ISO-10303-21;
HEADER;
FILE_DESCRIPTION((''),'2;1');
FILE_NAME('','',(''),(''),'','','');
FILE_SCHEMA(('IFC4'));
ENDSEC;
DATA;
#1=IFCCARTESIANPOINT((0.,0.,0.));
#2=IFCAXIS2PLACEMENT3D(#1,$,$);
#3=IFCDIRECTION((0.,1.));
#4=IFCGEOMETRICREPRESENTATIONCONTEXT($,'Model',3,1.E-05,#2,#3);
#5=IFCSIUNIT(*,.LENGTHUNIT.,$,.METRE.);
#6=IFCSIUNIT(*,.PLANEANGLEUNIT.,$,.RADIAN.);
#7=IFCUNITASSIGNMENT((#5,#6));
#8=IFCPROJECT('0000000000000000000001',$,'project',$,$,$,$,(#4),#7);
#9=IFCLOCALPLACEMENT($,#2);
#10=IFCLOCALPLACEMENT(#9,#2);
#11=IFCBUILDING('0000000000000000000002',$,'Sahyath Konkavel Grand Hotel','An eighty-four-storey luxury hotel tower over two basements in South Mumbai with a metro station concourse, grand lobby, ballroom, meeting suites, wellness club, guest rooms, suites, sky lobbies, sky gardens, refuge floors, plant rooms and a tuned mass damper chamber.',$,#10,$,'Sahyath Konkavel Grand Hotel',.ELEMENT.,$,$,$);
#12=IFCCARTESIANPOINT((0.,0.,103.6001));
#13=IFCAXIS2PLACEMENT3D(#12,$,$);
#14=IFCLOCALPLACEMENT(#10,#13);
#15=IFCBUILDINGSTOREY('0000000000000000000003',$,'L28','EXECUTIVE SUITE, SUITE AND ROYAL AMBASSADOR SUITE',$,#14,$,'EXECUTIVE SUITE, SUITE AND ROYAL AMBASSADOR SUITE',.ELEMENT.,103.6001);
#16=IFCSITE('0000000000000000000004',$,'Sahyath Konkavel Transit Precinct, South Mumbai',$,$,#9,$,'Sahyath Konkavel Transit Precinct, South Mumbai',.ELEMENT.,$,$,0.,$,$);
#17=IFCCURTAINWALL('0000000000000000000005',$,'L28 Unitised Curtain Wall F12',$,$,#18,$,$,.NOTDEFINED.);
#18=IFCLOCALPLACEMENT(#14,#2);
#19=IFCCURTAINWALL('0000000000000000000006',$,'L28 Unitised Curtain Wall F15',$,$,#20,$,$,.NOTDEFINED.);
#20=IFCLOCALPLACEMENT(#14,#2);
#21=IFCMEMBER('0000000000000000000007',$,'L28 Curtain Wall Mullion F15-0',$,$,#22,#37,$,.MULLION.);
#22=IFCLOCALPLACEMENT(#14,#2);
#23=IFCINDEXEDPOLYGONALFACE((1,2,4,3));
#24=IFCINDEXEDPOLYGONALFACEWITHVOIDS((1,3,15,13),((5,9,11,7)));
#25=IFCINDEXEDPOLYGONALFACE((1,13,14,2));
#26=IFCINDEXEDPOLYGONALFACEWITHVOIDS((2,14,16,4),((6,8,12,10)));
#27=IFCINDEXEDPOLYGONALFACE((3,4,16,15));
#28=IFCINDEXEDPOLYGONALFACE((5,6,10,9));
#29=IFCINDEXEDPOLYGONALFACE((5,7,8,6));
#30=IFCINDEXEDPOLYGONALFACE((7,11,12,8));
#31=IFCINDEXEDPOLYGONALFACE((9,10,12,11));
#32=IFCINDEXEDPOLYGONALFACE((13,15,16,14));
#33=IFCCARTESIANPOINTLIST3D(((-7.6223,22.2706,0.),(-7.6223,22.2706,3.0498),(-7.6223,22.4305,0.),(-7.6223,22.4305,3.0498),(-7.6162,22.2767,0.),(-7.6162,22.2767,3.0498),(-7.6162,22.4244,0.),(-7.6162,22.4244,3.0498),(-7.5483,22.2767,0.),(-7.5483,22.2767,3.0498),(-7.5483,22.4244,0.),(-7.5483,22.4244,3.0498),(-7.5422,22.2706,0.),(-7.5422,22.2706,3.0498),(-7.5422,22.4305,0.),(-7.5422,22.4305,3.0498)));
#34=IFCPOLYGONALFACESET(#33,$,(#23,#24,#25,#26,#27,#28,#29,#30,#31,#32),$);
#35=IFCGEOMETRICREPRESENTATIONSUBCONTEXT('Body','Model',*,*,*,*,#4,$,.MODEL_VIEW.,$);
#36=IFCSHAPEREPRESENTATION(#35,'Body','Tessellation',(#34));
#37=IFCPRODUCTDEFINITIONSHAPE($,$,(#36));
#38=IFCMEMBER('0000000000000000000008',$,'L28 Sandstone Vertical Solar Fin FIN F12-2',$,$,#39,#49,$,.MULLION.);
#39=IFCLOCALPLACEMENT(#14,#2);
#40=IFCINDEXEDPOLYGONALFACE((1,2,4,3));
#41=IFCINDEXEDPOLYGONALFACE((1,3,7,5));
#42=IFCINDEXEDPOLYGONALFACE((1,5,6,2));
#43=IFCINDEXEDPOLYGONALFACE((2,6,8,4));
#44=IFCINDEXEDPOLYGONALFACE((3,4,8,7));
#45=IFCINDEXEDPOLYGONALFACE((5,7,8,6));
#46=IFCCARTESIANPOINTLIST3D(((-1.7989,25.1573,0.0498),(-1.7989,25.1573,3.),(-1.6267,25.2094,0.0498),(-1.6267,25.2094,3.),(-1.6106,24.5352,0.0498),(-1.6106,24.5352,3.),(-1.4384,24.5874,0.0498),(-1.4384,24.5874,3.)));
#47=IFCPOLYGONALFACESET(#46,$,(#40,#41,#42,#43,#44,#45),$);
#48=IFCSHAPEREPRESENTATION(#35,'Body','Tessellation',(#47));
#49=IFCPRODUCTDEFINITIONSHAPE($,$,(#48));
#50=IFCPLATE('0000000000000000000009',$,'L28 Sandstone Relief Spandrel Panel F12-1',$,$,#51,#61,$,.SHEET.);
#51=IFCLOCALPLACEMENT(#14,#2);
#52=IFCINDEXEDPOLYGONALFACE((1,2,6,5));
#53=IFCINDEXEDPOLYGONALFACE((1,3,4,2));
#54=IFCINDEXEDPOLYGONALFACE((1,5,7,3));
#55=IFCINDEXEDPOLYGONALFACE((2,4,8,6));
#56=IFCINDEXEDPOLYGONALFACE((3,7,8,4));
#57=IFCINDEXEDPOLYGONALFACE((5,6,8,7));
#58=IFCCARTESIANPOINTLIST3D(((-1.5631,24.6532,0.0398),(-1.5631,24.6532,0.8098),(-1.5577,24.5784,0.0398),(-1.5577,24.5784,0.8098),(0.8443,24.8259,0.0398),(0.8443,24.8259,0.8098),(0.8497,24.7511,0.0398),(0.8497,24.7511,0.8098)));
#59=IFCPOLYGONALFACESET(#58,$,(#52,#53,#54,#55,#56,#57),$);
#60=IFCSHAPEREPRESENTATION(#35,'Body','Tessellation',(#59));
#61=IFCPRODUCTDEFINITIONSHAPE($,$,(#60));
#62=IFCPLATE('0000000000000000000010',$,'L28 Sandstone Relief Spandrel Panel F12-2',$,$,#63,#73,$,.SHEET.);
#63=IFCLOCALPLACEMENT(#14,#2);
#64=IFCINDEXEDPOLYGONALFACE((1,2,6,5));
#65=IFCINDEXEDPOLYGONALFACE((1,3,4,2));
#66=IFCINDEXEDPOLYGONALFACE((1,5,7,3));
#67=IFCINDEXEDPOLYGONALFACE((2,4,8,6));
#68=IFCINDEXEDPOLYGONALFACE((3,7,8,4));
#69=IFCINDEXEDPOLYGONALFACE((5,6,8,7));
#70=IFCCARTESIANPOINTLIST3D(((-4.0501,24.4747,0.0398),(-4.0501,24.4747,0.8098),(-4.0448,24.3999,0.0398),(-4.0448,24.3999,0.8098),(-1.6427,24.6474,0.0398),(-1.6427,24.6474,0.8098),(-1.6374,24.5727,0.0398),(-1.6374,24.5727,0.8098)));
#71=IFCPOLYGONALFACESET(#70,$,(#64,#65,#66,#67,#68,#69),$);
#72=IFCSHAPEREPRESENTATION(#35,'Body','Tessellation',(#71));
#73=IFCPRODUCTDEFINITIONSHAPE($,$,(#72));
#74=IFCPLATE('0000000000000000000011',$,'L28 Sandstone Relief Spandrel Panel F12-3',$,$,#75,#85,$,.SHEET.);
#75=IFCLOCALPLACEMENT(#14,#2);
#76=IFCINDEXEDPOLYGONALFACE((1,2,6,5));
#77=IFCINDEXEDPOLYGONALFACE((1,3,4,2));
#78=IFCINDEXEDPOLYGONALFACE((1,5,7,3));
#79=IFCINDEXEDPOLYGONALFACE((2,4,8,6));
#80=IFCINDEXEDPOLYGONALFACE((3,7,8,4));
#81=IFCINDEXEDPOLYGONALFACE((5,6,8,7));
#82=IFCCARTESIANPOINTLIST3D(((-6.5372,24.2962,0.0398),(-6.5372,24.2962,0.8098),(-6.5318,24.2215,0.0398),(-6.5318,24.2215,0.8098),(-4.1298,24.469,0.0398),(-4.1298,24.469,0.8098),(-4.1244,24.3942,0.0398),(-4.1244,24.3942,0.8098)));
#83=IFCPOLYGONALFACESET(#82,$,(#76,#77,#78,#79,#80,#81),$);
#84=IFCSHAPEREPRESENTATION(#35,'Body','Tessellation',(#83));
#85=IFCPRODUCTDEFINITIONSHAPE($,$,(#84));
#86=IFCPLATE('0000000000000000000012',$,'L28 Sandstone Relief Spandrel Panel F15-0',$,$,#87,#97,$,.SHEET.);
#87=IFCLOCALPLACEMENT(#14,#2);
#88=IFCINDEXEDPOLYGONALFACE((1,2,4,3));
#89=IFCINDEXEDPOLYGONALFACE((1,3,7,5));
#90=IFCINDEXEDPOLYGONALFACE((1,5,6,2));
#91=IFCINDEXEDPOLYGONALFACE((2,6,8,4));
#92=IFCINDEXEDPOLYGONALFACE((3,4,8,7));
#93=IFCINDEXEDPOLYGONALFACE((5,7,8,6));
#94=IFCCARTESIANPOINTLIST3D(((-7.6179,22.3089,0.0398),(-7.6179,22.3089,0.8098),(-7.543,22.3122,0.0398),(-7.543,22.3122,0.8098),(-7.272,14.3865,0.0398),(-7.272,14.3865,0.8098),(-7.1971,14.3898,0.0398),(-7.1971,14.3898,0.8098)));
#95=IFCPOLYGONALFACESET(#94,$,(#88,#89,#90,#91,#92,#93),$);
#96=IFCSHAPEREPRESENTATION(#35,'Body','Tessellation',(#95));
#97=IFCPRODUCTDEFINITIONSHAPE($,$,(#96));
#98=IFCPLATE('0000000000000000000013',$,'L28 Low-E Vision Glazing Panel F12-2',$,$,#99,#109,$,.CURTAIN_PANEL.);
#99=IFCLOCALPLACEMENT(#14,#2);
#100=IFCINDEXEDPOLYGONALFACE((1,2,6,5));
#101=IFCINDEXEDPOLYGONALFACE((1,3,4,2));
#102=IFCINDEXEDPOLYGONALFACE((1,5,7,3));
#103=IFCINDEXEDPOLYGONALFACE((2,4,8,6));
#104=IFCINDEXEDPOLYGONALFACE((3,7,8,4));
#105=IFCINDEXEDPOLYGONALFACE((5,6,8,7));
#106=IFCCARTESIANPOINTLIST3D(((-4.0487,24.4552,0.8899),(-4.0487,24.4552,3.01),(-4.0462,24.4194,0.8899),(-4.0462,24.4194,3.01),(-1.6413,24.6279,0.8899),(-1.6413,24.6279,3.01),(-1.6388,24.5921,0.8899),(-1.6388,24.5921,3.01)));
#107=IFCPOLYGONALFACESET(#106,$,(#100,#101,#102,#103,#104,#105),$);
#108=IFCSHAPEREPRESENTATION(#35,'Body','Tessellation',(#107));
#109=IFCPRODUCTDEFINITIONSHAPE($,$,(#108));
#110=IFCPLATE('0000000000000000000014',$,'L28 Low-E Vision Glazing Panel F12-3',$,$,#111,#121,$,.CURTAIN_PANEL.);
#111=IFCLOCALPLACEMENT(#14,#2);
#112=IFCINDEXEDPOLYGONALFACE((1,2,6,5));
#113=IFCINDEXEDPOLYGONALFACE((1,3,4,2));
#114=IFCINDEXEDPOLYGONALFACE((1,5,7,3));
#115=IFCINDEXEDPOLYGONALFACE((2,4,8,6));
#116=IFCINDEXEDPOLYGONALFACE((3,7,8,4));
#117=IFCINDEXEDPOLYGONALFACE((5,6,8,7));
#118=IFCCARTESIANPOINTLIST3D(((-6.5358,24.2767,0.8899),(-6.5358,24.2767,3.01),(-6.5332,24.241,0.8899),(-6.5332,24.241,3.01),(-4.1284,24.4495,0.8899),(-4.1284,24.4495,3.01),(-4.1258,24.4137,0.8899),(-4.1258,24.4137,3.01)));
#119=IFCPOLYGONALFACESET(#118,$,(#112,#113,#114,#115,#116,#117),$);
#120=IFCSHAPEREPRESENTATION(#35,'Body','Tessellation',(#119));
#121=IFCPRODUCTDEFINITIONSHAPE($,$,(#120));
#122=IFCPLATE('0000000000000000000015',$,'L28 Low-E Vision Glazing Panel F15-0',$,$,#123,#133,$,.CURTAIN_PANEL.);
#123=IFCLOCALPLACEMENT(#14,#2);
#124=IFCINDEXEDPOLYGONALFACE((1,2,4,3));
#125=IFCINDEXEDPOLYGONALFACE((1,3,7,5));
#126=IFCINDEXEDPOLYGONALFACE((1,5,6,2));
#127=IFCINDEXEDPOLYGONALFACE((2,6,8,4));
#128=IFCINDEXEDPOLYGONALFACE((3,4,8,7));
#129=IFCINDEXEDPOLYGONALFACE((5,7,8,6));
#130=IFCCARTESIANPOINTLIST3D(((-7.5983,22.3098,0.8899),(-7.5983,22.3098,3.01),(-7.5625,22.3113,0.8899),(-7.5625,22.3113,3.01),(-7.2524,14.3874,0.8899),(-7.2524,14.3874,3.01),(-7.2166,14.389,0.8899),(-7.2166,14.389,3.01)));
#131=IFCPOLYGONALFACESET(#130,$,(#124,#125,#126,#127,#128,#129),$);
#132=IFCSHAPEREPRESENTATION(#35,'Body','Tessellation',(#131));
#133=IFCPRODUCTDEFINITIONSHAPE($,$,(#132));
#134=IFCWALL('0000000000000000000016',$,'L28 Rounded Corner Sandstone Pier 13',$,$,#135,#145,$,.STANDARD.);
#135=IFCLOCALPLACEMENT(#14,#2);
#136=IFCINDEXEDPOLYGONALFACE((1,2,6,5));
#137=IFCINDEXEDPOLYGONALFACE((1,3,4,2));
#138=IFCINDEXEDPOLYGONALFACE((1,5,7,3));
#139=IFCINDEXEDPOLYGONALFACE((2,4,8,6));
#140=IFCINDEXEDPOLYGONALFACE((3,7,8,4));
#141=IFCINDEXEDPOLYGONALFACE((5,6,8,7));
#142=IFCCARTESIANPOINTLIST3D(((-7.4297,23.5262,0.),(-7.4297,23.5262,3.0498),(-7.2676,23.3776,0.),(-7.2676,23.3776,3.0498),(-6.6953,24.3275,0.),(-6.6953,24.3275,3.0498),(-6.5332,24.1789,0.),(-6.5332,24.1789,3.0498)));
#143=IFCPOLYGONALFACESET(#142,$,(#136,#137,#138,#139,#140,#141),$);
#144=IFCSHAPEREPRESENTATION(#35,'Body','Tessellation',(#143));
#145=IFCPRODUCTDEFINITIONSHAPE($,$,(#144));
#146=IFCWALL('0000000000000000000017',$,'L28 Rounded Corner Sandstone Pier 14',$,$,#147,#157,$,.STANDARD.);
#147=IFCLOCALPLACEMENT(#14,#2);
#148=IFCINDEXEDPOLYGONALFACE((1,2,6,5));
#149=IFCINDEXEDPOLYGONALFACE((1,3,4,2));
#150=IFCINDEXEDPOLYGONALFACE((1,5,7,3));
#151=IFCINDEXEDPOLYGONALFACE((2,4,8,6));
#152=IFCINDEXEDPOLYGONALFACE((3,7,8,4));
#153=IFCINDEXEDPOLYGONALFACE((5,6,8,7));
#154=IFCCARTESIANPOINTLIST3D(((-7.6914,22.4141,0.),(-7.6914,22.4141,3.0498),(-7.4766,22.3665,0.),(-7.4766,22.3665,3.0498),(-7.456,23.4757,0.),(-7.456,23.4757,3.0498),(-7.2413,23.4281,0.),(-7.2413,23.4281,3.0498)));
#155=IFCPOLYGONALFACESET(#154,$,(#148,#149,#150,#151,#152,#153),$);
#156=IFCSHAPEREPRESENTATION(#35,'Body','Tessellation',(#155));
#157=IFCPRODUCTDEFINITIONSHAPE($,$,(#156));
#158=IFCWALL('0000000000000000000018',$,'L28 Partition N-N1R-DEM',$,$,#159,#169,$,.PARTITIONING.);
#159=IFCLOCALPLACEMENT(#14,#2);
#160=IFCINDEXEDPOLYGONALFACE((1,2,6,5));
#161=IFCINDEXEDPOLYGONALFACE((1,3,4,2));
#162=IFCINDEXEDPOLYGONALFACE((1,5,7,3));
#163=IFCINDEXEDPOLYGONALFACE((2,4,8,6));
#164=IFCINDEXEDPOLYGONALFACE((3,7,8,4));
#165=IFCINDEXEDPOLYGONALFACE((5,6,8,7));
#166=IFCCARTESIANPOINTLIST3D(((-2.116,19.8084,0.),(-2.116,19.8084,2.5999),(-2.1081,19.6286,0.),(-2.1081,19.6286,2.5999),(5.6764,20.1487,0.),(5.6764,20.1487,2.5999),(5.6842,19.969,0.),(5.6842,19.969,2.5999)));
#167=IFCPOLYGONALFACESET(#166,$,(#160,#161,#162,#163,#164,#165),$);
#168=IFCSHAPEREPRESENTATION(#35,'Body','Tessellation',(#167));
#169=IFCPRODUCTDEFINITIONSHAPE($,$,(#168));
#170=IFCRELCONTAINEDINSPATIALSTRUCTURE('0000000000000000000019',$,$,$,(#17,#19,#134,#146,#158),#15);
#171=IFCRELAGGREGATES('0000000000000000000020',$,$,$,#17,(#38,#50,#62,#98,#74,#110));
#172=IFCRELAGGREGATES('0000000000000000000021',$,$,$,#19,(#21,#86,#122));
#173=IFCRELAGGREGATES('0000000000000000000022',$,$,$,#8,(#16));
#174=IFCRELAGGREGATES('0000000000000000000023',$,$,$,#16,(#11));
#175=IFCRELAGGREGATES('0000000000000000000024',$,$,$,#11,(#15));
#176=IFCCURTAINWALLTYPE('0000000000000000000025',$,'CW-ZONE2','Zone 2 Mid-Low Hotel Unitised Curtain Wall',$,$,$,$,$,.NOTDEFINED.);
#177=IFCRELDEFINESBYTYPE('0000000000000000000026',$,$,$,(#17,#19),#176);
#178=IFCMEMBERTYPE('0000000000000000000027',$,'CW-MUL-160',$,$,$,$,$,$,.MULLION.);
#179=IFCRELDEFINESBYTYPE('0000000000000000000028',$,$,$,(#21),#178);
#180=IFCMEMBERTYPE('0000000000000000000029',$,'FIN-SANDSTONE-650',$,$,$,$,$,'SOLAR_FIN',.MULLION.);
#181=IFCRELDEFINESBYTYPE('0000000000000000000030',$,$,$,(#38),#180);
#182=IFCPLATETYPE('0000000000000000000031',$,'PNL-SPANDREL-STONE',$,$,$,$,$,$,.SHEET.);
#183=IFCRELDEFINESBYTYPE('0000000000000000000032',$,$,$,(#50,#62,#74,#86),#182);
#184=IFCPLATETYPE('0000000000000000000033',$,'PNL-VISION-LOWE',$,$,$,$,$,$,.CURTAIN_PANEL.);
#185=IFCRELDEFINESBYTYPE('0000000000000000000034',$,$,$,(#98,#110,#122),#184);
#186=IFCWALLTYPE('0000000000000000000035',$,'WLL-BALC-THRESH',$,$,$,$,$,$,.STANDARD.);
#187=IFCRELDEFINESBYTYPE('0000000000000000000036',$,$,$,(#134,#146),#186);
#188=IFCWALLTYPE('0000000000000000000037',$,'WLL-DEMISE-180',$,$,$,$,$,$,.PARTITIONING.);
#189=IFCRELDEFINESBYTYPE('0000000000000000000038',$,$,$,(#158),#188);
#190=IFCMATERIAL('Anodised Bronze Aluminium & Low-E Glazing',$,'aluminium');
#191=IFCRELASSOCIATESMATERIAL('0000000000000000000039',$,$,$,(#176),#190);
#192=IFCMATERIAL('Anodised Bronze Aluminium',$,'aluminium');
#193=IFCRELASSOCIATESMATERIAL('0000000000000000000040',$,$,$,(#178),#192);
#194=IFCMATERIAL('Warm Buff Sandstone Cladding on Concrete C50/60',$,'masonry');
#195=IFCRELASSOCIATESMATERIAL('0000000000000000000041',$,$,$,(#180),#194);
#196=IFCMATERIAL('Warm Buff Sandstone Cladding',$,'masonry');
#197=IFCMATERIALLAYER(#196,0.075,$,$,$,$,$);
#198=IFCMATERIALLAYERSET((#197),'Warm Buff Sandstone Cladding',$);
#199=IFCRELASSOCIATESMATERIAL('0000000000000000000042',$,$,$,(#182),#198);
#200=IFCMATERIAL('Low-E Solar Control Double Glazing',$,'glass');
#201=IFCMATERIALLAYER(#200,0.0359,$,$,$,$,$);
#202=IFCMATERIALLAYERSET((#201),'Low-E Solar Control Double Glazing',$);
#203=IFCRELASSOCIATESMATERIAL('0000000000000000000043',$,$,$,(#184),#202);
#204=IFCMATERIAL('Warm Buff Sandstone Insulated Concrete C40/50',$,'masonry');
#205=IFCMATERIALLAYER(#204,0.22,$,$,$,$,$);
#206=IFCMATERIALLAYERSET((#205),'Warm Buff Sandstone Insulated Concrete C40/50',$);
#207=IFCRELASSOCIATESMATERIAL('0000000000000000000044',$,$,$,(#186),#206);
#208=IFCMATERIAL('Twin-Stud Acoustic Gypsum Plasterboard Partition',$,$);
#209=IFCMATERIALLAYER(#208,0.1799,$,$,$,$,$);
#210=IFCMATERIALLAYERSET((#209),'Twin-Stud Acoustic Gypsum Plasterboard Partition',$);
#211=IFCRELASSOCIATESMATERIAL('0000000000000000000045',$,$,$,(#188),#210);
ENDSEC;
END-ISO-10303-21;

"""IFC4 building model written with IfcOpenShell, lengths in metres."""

from ifc_helpers import new_model, si_unit, direction, frame, frame_2d, origin, origin_2d, place, context, subcontext, project, spatial, rectangle, hollow_rectangle, extrude, source, transform, mapped, material, layer, layer_set, material_profile, profile_set, type_object, element, aggregate, save


model = new_model("IFC4")

# Units and contexts
model_context = context("Model", 3, precision=1e-05, world=origin(), true_north=direction((0.0, 1.0)))
body_context = subcontext(model_context, "Body", "Model", "MODEL_VIEW")
ifc_project = project(units=[si_unit("LENGTHUNIT", "METRE"), si_unit("PLANEANGLEUNIT", "RADIAN")], contexts=[model_context])

# Site, building, storey
site_placement = place(None, origin())
site = spatial("IfcSite", under=ifc_project, at=site_placement, Name="Sahyath Konkavel Transit Precinct, South Mumbai", LongName="Sahyath Konkavel Transit Precinct, South Mumbai", CompositionType="ELEMENT", RefElevation=0.0)
building_placement = place(site_placement, origin())
building = spatial("IfcBuilding", under=site, at=building_placement, Name="Sahyath Konkavel Grand Hotel", Description="An eighty-four-storey luxury hotel tower over two basements in South Mumbai with a metro station concourse, grand lobby, ballroom, meeting suites, wellness club, guest rooms, suites, sky lobbies, sky gardens, refuge floors, plant rooms and a tuned mass damper chamber.", LongName="Sahyath Konkavel Grand Hotel", CompositionType="ELEMENT")
storey_placement = place(building_placement, frame((0.0, 0.0, 103.6001)))
storey = spatial("IfcBuildingStorey", under=building, at=storey_placement, Name="L28", Description="EXECUTIVE SUITE, SUITE AND ROYAL AMBASSADOR SUITE", LongName="EXECUTIVE SUITE, SUITE AND ROYAL AMBASSADOR SUITE", CompositionType="ELEMENT", Elevation=103.6001)

# Curtain wall
ifc_material_1 = material(Name="Anodised Bronze Aluminium & Low-E Glazing", Category="aluminium")
curtain_wall_type = type_object("IfcCurtainWallType", Name="CW-ZONE2", Description="Zone 2 Mid-Low Hotel Unitised Curtain Wall", PredefinedType="NOTDEFINED", material=ifc_material_1)
curtain_wall_1_placement = place(storey_placement, origin())
curtain_wall_1 = element("IfcCurtainWall", 1, at=curtain_wall_1_placement, inside=storey, type_object=curtain_wall_type, Name="L28 Unitised Curtain Wall F12", PredefinedType="NOTDEFINED")
ifc_material_2 = material(Name="Anodised Bronze Aluminium", Category="aluminium")

# Curtain wall
curtain_wall_2_placement = place(storey_placement, origin())
curtain_wall_2 = element("IfcCurtainWall", 2, at=curtain_wall_2_placement, inside=storey, type_object=curtain_wall_type, Name="L28 Unitised Curtain Wall F15", PredefinedType="NOTDEFINED")

# Members
ifc_material_profile_1 = material_profile(ifc_material_2, hollow_rectangle(XDim=0.0801, YDim=0.1599, WallThickness=0.0061, at=origin_2d()), Name="RHS 160x80x6")
ifc_profile_set_1 = profile_set([ifc_material_profile_1], Name="Anodised Bronze Aluminium")
member_type_1 = type_object("IfcMemberType", Name="CW-MUL-160", PredefinedType="MULLION", material=ifc_profile_set_1)
shared_shape_1 = source(origin(), body_context, "Body", "SweptSolid", [
    extrude(hollow_rectangle(XDim=0.0801, YDim=0.1599, WallThickness=0.0061, at=origin_2d()), origin(), (0.0, 0.0, 1.0), 3.0498),
])
member_1_placement = place(storey_placement, frame((-7.5823, 22.3506, 0.0), z_axis=(0.0, 0.0, 1.0), x_axis=(1.0, 0.0, 0.0)))
member_1 = element("IfcMember", 3, at=member_1_placement, type_object=member_type_1, Name="L28 Curtain Wall Mullion F15-0", PredefinedType="MULLION", context=body_context, shape_type="MappedRepresentation", body=[
    mapped(shared_shape_1, transform((0.0, 0.0, 0.0), scale=1.0)),
])
ifc_material_3 = material(Name="Warm Buff Sandstone Cladding on Concrete C50/60", Category="masonry")
ifc_material_profile_2 = material_profile(ifc_material_3, rectangle(XDim=0.1799, YDim=0.6499, at=origin_2d()), Name="FIN 180x650")
ifc_profile_set_2 = profile_set([ifc_material_profile_2], Name="Warm Buff Sandstone Cladding on Concrete C50/60")
member_type_2 = type_object("IfcMemberType", Name="FIN-SANDSTONE-650", ElementType="SOLAR_FIN", PredefinedType="MULLION", material=ifc_profile_set_2)
shared_shape_2 = source(origin(), body_context, "Body", "SweptSolid", [
    extrude(rectangle(XDim=0.1799, YDim=0.6499, at=origin_2d()), origin(), (0.0, 0.0, 1.0), 2.9502),
])
member_2_placement = place(storey_placement, frame((-1.6187, 24.8723, 0.0498), z_axis=(0.0, 0.0, 1.0), x_axis=(0.957117, 0.2897, 0.0)))
member_2 = element("IfcMember", 4, at=member_2_placement, type_object=member_type_2, Name="L28 Sandstone Vertical Solar Fin FIN F12-2", PredefinedType="MULLION", context=body_context, shape_type="MappedRepresentation", body=[
    mapped(shared_shape_2, transform((0.0, 0.0, 0.0), scale=1.0)),
])

# Plates
ifc_material_4 = material(Name="Warm Buff Sandstone Cladding", Category="masonry")
ifc_layer_1 = layer(ifc_material_4, 0.075)
ifc_layer_set_1 = layer_set([ifc_layer_1], Name="Warm Buff Sandstone Cladding")
plate_type_1 = type_object("IfcPlateType", Name="PNL-SPANDREL-STONE", PredefinedType="SHEET", material=ifc_layer_set_1)
shared_shape_3 = source(origin(), body_context, "Body", "SweptSolid", [
    extrude(rectangle(XDim=2.4136, YDim=0.075, at=origin_2d()), origin(), (0.0, 0.0, 1.0), 0.77),
])
plate_1_placement = place(storey_placement, frame((-0.3567, 24.7021, 0.0398), z_axis=(0.0, 0.0, 1.0), x_axis=(-0.997436, -0.071567, 0.0)))
plate_1 = element("IfcPlate", 5, at=plate_1_placement, type_object=plate_type_1, Name="L28 Sandstone Relief Spandrel Panel F12-1", PredefinedType="SHEET", context=body_context, shape_type="MappedRepresentation", body=[
    mapped(shared_shape_3, transform((0.0, 0.0, 0.0), scale=1.0)),
])
plate_2_placement = place(storey_placement, frame((-2.8438, 24.5237, 0.0398), z_axis=(0.0, 0.0, 1.0), x_axis=(-0.997436, -0.071567, 0.0)))
plate_2 = element("IfcPlate", 6, at=plate_2_placement, type_object=plate_type_1, Name="L28 Sandstone Relief Spandrel Panel F12-2", PredefinedType="SHEET", context=body_context, shape_type="MappedRepresentation", body=[
    mapped(shared_shape_3, transform((0.0, 0.0, 0.0), scale=1.0)),
])
plate_3_placement = place(storey_placement, frame((-5.3308, 24.3452, 0.0398), z_axis=(0.0, 0.0, 1.0), x_axis=(-0.997436, -0.071567, 0.0)))
plate_3 = element("IfcPlate", 7, at=plate_3_placement, type_object=plate_type_1, Name="L28 Sandstone Relief Spandrel Panel F12-3", PredefinedType="SHEET", context=body_context, shape_type="MappedRepresentation", body=[
    mapped(shared_shape_3, transform((0.0, 0.0, 0.0), scale=1.0)),
])
shared_shape_4 = source(origin(), body_context, "Body", "SweptSolid", [
    extrude(rectangle(XDim=7.9299, YDim=0.075, at=origin_2d()), origin(), (0.0, 0.0, 1.0), 0.77),
])
plate_4_placement = place(storey_placement, frame((-7.4075, 18.3494, 0.0398), z_axis=(0.0, 0.0, 1.0), x_axis=(0.043619, -0.999048, 0.0)))
plate_4 = element("IfcPlate", 8, at=plate_4_placement, type_object=plate_type_1, Name="L28 Sandstone Relief Spandrel Panel F15-0", PredefinedType="SHEET", context=body_context, shape_type="MappedRepresentation", body=[
    mapped(shared_shape_4, transform((0.0, 0.0, 0.0), scale=1.0)),
])
ifc_material_5 = material(Name="Low-E Solar Control Double Glazing", Category="glass")
ifc_layer_2 = layer(ifc_material_5, 0.0359)
ifc_layer_set_2 = layer_set([ifc_layer_2], Name="Low-E Solar Control Double Glazing")
plate_type_2 = type_object("IfcPlateType", Name="PNL-VISION-LOWE", PredefinedType="CURTAIN_PANEL", material=ifc_layer_set_2)
shared_shape_5 = source(origin(), body_context, "Body", "SweptSolid", [
    extrude(rectangle(XDim=2.4136, YDim=0.0359, at=origin_2d()), origin(), (0.0, 0.0, 1.0), 2.1201),
])
plate_5_placement = place(storey_placement, frame((-2.8438, 24.5237, 0.8899), z_axis=(0.0, 0.0, 1.0), x_axis=(-0.997436, -0.071567, 0.0)))
plate_5 = element("IfcPlate", 9, at=plate_5_placement, type_object=plate_type_2, Name="L28 Low-E Vision Glazing Panel F12-2", PredefinedType="CURTAIN_PANEL", context=body_context, shape_type="MappedRepresentation", body=[
    mapped(shared_shape_5, transform((0.0, 0.0, 0.0), scale=1.0)),
])
plate_6_placement = place(storey_placement, frame((-5.3308, 24.3452, 0.8899), z_axis=(0.0, 0.0, 1.0), x_axis=(-0.997436, -0.071567, 0.0)))
plate_6 = element("IfcPlate", 10, at=plate_6_placement, type_object=plate_type_2, Name="L28 Low-E Vision Glazing Panel F12-3", PredefinedType="CURTAIN_PANEL", context=body_context, shape_type="MappedRepresentation", body=[
    mapped(shared_shape_5, transform((0.0, 0.0, 0.0), scale=1.0)),
])
aggregate(curtain_wall_1, [member_2, plate_1, plate_2, plate_5, plate_3, plate_6])
shared_shape_6 = source(origin(), body_context, "Body", "SweptSolid", [
    extrude(rectangle(XDim=7.9299, YDim=0.0359, at=origin_2d()), origin(), (0.0, 0.0, 1.0), 2.1201),
])
plate_7_placement = place(storey_placement, frame((-7.4075, 18.3494, 0.8899), z_axis=(0.0, 0.0, 1.0), x_axis=(0.043619, -0.999048, 0.0)))
plate_7 = element("IfcPlate", 11, at=plate_7_placement, type_object=plate_type_2, Name="L28 Low-E Vision Glazing Panel F15-0", PredefinedType="CURTAIN_PANEL", context=body_context, shape_type="MappedRepresentation", body=[
    mapped(shared_shape_6, transform((0.0, 0.0, 0.0), scale=1.0)),
])
aggregate(curtain_wall_2, [member_1, plate_4, plate_7])

# Walls
ifc_material_6 = material(Name="Warm Buff Sandstone Insulated Concrete C40/50", Category="masonry")
ifc_layer_3 = layer(ifc_material_6, 0.22)
ifc_layer_set_3 = layer_set([ifc_layer_3], Name="Warm Buff Sandstone Insulated Concrete C40/50")
wall_type_1 = type_object("IfcWallType", Name="WLL-BALC-THRESH", PredefinedType="STANDARD", material=ifc_layer_set_3)
wall_1_placement = place(storey_placement, frame((-6.6143, 24.2532, 0.0), z_axis=(0.0, 0.0, 1.0), x_axis=(-0.675664, -0.73721, 0.0)))
element("IfcWall", 12, at=wall_1_placement, inside=storey, type_object=wall_type_1, Name="L28 Rounded Corner Sandstone Pier 13", PredefinedType="STANDARD", context=body_context, shape_type="SweptSolid", body=[
    extrude(rectangle(XDim=1.0869, YDim=0.22, at=frame_2d((0.5435, 0.0))), origin(), (0.0, 0.0, 1.0), 3.0498),
])
wall_2_placement = place(storey_placement, frame((-7.3486, 23.4519, 0.0), z_axis=(0.0, 0.0, 1.0), x_axis=(-0.216455, -0.976293, 0.0)))
element("IfcWall", 13, at=wall_2_placement, inside=storey, type_object=wall_type_1, Name="L28 Rounded Corner Sandstone Pier 14", PredefinedType="STANDARD", context=body_context, shape_type="SweptSolid", body=[
    extrude(rectangle(XDim=1.0874, YDim=0.22, at=frame_2d((0.5437, 0.0))), origin(), (0.0, 0.0, 1.0), 3.0498),
])
ifc_material_7 = material(Name="Twin-Stud Acoustic Gypsum Plasterboard Partition")
ifc_layer_4 = layer(ifc_material_7, 0.1799)
ifc_layer_set_4 = layer_set([ifc_layer_4], Name="Twin-Stud Acoustic Gypsum Plasterboard Partition")
wall_type_2 = type_object("IfcWallType", Name="WLL-DEMISE-180", PredefinedType="PARTITIONING", material=ifc_layer_set_4)
wall_3_placement = place(storey_placement, frame((-2.1121, 19.7185, 0.0), z_axis=(0.0, 0.0, 1.0), x_axis=(0.999048, 0.043633, 0.0)))
element("IfcWall", 14, at=wall_3_placement, inside=storey, type_object=wall_type_2, Name="L28 Partition N-N1R-DEM", PredefinedType="PARTITIONING", context=body_context, shape_type="SweptSolid", body=[
    extrude(rectangle(XDim=7.7998, YDim=0.1799, at=frame_2d((3.8999, 0.0))), origin(), (0.0, 0.0, 1.0), 2.5999),
])

save(model, "model.ifc")
